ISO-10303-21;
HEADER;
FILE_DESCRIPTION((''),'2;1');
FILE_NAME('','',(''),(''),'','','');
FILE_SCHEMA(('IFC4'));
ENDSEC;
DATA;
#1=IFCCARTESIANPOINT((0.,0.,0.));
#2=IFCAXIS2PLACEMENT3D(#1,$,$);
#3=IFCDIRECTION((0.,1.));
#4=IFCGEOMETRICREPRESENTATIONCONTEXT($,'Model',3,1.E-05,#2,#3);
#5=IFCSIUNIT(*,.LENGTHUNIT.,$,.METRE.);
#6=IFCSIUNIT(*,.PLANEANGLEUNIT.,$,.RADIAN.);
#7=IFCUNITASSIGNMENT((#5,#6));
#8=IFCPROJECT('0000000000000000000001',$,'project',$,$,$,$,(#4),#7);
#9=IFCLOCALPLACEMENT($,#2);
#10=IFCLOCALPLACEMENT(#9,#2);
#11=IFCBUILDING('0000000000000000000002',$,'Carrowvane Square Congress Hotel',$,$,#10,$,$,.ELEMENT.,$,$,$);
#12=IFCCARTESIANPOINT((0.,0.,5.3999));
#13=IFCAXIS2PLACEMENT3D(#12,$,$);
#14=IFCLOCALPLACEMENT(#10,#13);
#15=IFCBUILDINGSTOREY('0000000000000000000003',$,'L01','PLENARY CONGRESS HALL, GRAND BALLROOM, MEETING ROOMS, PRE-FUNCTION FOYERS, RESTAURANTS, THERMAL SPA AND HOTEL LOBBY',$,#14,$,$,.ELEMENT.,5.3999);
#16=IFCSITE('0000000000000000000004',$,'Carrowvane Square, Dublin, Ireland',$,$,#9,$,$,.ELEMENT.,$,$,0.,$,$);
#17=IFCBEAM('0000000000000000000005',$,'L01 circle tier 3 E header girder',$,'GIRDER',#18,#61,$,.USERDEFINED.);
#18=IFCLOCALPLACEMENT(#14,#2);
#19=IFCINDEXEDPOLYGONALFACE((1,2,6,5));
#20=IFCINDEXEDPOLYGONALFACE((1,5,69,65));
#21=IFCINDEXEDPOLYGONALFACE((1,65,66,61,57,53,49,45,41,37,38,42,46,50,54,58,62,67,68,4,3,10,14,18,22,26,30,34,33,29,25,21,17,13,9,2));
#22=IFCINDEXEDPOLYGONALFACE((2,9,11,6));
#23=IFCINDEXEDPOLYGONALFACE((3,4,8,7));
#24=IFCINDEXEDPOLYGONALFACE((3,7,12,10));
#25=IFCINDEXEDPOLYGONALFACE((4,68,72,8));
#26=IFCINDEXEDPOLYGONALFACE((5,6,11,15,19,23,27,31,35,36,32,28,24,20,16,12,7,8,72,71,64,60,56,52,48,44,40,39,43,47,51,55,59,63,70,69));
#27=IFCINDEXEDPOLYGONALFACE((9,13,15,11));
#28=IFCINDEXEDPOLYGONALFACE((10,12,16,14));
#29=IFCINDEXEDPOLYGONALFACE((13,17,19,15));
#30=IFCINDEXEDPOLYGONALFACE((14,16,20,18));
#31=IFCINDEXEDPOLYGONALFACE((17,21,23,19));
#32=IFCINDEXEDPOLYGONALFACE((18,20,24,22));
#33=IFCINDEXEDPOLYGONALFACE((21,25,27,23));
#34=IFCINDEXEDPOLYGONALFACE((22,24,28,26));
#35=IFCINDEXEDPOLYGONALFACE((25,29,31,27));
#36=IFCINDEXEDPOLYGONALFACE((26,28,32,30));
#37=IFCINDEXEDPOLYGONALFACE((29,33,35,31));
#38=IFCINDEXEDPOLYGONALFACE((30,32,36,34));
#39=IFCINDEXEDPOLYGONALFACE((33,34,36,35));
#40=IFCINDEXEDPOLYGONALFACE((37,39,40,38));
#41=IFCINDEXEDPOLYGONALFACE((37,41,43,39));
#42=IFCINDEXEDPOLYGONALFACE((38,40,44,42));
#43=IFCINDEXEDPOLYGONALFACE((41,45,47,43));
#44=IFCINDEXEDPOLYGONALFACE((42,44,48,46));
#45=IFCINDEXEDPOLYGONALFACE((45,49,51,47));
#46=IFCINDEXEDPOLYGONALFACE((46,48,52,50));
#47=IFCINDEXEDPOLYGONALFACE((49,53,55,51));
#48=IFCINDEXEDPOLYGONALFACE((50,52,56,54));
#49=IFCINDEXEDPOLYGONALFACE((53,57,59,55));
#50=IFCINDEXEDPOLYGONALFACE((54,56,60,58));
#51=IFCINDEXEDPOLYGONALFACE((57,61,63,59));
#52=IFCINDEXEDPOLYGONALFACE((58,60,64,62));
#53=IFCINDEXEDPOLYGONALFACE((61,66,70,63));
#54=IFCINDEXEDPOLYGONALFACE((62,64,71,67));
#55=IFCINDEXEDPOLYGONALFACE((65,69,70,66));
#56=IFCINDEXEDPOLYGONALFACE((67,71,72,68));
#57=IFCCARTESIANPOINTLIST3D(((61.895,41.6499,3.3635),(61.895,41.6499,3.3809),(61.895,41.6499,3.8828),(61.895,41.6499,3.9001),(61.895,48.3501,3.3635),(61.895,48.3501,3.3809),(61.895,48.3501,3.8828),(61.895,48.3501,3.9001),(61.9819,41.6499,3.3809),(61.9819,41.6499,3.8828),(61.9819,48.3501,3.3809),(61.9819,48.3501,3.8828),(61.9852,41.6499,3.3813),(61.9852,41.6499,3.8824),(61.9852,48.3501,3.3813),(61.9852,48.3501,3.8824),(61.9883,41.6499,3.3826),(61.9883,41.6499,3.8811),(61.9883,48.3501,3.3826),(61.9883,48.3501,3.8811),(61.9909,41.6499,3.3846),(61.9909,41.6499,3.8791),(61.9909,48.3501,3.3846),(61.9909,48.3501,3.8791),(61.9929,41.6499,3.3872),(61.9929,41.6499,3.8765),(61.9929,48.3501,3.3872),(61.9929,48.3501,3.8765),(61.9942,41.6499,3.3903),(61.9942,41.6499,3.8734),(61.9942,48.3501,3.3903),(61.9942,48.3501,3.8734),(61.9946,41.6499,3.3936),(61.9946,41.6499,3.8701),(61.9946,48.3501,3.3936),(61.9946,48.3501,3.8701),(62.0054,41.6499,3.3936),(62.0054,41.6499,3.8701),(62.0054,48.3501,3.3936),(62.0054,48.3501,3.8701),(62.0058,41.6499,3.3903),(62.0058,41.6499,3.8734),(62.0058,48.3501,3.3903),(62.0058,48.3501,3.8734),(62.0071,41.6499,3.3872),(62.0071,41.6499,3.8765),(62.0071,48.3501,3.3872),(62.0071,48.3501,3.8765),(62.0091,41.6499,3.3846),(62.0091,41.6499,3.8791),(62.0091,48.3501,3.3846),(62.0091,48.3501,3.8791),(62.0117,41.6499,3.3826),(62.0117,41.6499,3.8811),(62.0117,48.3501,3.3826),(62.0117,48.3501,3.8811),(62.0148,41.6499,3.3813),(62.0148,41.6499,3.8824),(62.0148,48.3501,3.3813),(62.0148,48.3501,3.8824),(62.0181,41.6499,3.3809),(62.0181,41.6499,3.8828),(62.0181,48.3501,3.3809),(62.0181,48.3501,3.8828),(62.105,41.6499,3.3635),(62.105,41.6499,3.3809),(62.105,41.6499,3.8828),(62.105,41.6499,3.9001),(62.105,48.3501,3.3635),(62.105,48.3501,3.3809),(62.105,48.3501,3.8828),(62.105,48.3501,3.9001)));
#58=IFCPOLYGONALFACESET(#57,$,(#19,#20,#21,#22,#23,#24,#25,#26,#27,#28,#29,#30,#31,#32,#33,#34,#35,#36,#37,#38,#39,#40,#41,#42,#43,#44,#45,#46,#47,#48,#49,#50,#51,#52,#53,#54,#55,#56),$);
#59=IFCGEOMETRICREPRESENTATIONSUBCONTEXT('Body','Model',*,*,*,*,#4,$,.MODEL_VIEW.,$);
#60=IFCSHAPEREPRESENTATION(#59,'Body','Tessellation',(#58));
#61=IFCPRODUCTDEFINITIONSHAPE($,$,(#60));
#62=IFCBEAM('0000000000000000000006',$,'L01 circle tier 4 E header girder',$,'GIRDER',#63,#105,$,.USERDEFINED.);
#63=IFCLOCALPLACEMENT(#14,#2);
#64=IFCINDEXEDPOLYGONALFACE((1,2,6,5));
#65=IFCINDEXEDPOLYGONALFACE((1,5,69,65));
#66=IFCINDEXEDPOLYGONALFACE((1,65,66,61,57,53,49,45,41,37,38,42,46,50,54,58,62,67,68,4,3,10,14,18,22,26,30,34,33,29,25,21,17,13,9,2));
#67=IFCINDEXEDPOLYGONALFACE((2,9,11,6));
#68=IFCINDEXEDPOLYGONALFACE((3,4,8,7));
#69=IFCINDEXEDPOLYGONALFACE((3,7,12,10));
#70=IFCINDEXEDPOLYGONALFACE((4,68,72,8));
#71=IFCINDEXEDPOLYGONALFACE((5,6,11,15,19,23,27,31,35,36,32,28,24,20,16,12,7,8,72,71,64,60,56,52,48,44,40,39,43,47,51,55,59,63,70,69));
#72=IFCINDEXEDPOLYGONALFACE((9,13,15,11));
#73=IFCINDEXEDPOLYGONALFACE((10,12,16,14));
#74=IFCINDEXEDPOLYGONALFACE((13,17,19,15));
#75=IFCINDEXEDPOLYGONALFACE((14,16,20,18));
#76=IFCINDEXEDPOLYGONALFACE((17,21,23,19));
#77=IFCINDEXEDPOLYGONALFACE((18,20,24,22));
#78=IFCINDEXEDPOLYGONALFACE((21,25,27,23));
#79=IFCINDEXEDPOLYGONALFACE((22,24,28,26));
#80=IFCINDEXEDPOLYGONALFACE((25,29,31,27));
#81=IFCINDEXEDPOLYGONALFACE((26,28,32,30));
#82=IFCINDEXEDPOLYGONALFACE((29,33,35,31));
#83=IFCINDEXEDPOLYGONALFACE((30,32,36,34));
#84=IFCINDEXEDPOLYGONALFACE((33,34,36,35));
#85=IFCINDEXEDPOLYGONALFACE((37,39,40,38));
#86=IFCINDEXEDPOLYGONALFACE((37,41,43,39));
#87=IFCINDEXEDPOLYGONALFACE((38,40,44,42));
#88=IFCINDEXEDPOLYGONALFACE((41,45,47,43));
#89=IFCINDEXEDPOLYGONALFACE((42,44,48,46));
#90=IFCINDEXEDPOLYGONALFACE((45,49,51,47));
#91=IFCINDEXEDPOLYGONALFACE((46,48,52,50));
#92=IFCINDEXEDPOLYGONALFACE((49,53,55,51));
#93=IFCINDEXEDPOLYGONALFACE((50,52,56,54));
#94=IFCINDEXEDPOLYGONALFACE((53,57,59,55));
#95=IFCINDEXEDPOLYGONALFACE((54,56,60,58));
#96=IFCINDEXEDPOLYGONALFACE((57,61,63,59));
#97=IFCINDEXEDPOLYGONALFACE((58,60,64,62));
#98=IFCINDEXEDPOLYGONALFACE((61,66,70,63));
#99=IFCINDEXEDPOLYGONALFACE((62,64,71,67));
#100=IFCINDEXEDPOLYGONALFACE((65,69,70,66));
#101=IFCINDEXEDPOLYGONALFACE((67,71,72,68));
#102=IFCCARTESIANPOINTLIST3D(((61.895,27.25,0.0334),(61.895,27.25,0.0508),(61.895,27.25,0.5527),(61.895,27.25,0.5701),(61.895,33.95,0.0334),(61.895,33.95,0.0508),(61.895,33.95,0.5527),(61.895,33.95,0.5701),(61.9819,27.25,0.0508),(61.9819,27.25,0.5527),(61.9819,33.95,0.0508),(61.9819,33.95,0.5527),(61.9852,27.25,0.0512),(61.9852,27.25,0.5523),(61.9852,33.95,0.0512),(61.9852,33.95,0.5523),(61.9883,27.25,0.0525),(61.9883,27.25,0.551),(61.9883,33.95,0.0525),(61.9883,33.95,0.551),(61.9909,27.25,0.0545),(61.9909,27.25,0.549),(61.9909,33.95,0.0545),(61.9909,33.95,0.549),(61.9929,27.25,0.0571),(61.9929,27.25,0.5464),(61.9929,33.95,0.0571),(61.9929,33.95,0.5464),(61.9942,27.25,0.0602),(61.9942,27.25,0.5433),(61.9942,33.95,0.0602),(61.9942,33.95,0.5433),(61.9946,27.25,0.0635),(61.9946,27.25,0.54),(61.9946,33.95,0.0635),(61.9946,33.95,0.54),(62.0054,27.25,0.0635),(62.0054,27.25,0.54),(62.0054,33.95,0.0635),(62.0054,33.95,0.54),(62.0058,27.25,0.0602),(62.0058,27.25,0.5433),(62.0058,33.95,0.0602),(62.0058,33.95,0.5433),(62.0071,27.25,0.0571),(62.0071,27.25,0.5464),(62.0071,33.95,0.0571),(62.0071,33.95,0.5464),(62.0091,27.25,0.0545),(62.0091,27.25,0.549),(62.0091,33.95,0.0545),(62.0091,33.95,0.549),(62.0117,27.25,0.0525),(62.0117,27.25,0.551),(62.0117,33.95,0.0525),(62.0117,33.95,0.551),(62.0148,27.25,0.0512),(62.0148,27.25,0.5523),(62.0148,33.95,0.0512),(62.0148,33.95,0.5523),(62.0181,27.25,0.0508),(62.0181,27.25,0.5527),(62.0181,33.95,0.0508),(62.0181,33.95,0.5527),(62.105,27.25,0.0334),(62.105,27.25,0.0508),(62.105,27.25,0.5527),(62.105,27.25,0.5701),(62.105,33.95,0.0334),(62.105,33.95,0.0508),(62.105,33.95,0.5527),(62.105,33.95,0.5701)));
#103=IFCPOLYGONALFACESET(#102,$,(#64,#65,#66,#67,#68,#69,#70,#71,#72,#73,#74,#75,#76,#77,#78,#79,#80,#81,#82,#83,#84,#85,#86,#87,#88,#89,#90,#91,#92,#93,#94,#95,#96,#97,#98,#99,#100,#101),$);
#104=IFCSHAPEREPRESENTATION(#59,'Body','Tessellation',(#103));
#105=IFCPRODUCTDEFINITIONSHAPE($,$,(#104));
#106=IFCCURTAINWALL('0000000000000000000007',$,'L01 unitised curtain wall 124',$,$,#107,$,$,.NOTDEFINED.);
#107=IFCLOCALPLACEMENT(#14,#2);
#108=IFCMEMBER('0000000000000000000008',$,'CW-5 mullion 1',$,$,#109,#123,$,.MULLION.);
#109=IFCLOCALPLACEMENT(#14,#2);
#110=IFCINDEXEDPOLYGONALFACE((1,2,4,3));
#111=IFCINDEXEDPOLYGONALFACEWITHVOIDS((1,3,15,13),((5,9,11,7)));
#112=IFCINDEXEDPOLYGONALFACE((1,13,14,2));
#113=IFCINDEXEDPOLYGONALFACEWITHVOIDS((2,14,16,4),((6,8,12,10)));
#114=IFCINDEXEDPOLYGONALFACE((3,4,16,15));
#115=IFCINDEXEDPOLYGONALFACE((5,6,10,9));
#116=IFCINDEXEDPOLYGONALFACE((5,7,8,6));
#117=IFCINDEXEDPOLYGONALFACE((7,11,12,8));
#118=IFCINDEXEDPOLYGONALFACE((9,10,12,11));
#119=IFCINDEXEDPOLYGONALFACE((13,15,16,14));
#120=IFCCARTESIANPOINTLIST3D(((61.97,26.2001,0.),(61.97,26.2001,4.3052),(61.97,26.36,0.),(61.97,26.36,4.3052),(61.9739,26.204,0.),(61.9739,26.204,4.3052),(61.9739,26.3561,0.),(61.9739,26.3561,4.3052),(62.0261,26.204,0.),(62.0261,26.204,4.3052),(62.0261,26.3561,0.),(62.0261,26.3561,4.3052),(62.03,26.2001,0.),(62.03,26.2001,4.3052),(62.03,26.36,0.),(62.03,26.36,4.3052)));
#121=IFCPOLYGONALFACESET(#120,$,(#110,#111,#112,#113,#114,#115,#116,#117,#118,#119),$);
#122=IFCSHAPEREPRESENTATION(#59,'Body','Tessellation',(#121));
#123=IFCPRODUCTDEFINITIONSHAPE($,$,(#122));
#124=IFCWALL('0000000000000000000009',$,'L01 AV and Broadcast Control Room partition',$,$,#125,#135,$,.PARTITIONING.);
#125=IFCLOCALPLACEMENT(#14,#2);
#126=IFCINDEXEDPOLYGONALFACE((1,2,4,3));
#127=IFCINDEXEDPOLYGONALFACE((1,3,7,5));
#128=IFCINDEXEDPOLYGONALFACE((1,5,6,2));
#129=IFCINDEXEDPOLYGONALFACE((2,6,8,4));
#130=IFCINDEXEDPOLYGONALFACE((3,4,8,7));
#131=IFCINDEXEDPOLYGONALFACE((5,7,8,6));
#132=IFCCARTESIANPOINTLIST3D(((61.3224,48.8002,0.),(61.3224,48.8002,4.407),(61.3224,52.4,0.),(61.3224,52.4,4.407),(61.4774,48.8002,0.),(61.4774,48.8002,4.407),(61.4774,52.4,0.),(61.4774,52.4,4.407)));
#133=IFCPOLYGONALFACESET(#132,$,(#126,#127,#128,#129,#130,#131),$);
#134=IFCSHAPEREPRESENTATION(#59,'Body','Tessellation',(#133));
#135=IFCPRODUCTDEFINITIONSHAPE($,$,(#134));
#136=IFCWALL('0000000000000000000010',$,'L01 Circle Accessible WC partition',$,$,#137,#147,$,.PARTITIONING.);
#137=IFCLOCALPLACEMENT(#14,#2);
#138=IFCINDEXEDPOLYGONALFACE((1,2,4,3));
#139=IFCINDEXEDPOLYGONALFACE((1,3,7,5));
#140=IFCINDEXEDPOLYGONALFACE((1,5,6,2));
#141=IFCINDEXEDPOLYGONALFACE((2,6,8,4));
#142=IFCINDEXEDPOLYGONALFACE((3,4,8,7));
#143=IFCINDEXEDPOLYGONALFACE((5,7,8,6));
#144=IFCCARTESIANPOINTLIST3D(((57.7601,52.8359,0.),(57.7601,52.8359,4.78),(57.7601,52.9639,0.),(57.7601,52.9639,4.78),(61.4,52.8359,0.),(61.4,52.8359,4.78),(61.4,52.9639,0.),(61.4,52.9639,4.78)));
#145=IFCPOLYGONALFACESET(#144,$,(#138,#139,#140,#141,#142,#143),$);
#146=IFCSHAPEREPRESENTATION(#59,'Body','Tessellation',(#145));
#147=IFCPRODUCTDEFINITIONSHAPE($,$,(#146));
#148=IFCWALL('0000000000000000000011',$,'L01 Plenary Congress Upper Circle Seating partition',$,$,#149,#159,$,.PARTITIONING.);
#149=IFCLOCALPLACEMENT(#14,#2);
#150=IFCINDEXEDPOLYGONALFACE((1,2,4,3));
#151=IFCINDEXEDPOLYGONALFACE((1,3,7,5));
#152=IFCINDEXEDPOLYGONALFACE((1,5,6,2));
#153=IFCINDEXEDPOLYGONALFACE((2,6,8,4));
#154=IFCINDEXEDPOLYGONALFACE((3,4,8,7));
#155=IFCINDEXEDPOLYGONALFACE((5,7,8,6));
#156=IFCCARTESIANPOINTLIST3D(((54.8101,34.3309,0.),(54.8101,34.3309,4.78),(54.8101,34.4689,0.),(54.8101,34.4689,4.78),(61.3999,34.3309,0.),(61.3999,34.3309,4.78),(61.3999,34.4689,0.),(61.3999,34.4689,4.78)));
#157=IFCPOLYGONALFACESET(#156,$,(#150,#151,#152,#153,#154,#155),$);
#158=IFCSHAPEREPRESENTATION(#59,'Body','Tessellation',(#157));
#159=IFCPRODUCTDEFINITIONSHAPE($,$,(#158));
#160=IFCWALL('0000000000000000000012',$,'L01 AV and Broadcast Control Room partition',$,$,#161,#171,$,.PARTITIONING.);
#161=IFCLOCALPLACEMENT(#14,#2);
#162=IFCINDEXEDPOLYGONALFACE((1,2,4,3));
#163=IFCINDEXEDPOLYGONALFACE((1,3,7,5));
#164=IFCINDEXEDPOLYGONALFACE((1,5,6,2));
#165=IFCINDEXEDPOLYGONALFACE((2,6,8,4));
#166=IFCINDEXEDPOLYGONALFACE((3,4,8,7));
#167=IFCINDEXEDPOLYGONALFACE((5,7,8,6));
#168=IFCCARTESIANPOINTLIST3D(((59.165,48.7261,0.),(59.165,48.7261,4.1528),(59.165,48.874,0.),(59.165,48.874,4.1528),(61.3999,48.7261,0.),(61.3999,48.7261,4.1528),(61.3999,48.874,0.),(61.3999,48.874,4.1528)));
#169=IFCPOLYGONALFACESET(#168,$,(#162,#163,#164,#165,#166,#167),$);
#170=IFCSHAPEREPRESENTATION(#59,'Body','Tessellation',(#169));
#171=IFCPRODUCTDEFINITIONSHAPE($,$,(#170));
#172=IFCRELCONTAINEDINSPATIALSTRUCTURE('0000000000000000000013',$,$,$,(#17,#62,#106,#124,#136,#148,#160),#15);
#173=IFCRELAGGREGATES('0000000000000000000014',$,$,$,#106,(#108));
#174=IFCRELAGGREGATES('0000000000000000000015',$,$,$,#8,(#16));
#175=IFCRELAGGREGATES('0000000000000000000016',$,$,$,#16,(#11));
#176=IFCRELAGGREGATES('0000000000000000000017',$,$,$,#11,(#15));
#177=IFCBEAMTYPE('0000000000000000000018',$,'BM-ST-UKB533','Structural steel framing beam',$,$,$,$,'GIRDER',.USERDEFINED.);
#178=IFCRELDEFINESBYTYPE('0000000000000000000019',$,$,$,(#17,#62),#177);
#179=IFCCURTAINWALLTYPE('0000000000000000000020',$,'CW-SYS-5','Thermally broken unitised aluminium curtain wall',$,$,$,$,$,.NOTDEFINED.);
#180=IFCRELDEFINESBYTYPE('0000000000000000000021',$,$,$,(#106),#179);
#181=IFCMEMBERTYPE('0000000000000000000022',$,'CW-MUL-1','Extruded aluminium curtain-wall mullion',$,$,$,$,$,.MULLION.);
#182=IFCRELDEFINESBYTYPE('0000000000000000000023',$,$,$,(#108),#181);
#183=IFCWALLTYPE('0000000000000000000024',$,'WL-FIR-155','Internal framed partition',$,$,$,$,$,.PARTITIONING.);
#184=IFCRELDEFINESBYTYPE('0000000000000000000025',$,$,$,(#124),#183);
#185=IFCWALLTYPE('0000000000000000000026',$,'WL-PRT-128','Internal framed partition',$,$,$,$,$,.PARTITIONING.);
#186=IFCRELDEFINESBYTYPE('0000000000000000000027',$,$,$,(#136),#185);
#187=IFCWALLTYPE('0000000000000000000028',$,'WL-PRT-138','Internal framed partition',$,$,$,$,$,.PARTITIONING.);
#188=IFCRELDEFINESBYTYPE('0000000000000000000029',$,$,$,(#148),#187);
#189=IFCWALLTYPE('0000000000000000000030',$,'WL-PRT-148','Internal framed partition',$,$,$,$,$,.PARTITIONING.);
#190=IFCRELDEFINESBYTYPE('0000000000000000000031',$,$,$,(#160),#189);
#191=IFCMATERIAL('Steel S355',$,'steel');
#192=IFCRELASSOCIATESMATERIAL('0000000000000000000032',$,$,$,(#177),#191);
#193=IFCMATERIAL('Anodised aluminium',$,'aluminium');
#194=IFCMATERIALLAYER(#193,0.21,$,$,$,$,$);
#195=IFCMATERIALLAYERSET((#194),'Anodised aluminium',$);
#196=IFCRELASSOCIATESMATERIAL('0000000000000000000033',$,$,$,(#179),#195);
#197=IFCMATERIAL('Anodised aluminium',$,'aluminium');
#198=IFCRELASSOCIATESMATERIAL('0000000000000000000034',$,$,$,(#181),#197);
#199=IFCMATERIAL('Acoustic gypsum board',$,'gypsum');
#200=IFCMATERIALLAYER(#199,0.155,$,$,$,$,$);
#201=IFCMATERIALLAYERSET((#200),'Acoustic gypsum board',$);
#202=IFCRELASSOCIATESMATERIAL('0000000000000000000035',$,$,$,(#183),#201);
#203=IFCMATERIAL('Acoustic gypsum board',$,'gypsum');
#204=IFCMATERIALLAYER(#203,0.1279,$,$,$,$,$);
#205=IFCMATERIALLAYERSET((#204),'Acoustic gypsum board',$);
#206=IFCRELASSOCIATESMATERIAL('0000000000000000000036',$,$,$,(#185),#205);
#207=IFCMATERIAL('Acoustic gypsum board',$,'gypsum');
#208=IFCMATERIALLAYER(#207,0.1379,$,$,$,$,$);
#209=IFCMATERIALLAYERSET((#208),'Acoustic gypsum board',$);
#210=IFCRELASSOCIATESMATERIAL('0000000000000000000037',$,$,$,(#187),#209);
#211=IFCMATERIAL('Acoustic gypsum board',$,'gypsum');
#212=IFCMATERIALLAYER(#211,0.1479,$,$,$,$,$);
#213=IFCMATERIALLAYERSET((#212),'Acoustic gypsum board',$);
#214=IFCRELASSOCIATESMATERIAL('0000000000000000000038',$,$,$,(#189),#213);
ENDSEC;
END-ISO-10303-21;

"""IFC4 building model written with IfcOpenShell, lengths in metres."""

from ifc_helpers import new_model, si_unit, direction, frame, frame_2d, origin, origin_2d, place, context, subcontext, project, spatial, rectangle, hollow_rectangle, i_section, extrude, material, layer, layer_set, material_profile, profile_set, type_object, element, aggregate, save


model = new_model("IFC4")

# Units and contexts
model_context = context("Model", 3, precision=1e-05, world=origin(), true_north=direction((0.0, 1.0)))
body_context = subcontext(model_context, "Body", "Model", "MODEL_VIEW")
ifc_project = project(units=[si_unit("LENGTHUNIT", "METRE"), si_unit("PLANEANGLEUNIT", "RADIAN")], contexts=[model_context])

# Site, building, storey
site_placement = place(None, origin())
site = spatial("IfcSite", under=ifc_project, at=site_placement, Name="Carrowvane Square, Dublin, Ireland", CompositionType="ELEMENT", RefElevation=0.0)
building_placement = place(site_placement, origin())
building = spatial("IfcBuilding", under=site, at=building_placement, Name="Carrowvane Square Congress Hotel", CompositionType="ELEMENT")
storey_placement = place(building_placement, frame((0.0, 0.0, 5.3999)))
storey = spatial("IfcBuildingStorey", under=building, at=storey_placement, Name="L01", Description="PLENARY CONGRESS HALL, GRAND BALLROOM, MEETING ROOMS, PRE-FUNCTION FOYERS, RESTAURANTS, THERMAL SPA AND HOTEL LOBBY", CompositionType="ELEMENT", Elevation=5.3999)

# Beams
ifc_material_1 = material(Name="Steel S355", Category="steel")
ifc_material_profile_1 = material_profile(ifc_material_1, i_section(OverallWidth=0.21, OverallDepth=0.5366, WebThickness=0.0107, FlangeThickness=0.0173, FilletRadius=0.0127, at=origin_2d()), Name="UKB 533x210x101")
ifc_profile_set_1 = profile_set([ifc_material_profile_1], Name="Steel S355")
beam_type_1 = type_object("IfcBeamType", Name="BM-ST-UKB533", Description="Structural steel framing beam", ElementType="GIRDER", PredefinedType="USERDEFINED", material=ifc_profile_set_1)
beam_1_placement = place(storey_placement, frame((62.0, 41.6499, 3.6318), z_axis=(0.0, 1.0, 0.0), x_axis=(-1.0, 0.0, 0.0)))
element("IfcBeam", 1, at=beam_1_placement, inside=storey, type_object=beam_type_1, Name="L01 circle tier 3 E header girder", ObjectType="GIRDER", PredefinedType="USERDEFINED", context=body_context, shape_type="SweptSolid", body=[
    extrude(i_section(OverallWidth=0.21, OverallDepth=0.5366, WebThickness=0.0107, FlangeThickness=0.0173, FilletRadius=0.0127, at=origin_2d()), origin(), (0.0, 0.0, 1.0), 6.7002),
])
beam_2_placement = place(storey_placement, frame((62.0, 27.25, 0.3018), z_axis=(0.0, 1.0, 0.0), x_axis=(-1.0, 0.0, 0.0)))
element("IfcBeam", 2, at=beam_2_placement, inside=storey, type_object=beam_type_1, Name="L01 circle tier 4 E header girder", ObjectType="GIRDER", PredefinedType="USERDEFINED", context=body_context, shape_type="SweptSolid", body=[
    extrude(i_section(OverallWidth=0.21, OverallDepth=0.5366, WebThickness=0.0107, FlangeThickness=0.0173, FilletRadius=0.0127, at=origin_2d()), origin(), (0.0, 0.0, 1.0), 6.7),
])

# Curtain wall, member
ifc_material_2 = material(Name="Anodised aluminium", Category="aluminium")
ifc_layer_1 = layer(ifc_material_2, 0.21)
ifc_layer_set_1 = layer_set([ifc_layer_1], Name="Anodised aluminium")
curtain_wall_type = type_object("IfcCurtainWallType", Name="CW-SYS-5", Description="Thermally broken unitised aluminium curtain wall", PredefinedType="NOTDEFINED", material=ifc_layer_set_1)
curtain_wall_placement = place(storey_placement, origin())
curtain_wall = element("IfcCurtainWall", 3, at=curtain_wall_placement, inside=storey, type_object=curtain_wall_type, Name="L01 unitised curtain wall 124", PredefinedType="NOTDEFINED")
ifc_material_3 = material(Name="Anodised aluminium", Category="aluminium")
ifc_material_profile_2 = material_profile(ifc_material_3, hollow_rectangle(XDim=0.0601, YDim=0.1599, WallThickness=0.0039, at=origin_2d()), Name="CW-ML 60x160x4")
ifc_profile_set_2 = profile_set([ifc_material_profile_2], Name="Anodised aluminium")
member_type = type_object("IfcMemberType", Name="CW-MUL-1", Description="Extruded aluminium curtain-wall mullion", PredefinedType="MULLION", material=ifc_profile_set_2)
member_placement = place(storey_placement, frame((62.0, 26.28, 0.0), z_axis=(0.0, 0.0, 1.0), x_axis=(1.0, 0.0, 0.0)))
member = element("IfcMember", 4, at=member_placement, type_object=member_type, Name="CW-5 mullion 1", PredefinedType="MULLION", context=body_context, shape_type="SweptSolid", body=[
    extrude(hollow_rectangle(XDim=0.0601, YDim=0.1599, WallThickness=0.0039, at=origin_2d()), origin(), (0.0, 0.0, 1.0), 4.3052),
])
aggregate(curtain_wall, [member])

# Walls
ifc_material_4 = material(Name="Acoustic gypsum board", Category="gypsum")
ifc_layer_2 = layer(ifc_material_4, 0.155)
ifc_layer_set_2 = layer_set([ifc_layer_2], Name="Acoustic gypsum board")
wall_type_1 = type_object("IfcWallType", Name="WL-FIR-155", Description="Internal framed partition", PredefinedType="PARTITIONING", material=ifc_layer_set_2)
wall_1_placement = place(storey_placement, frame((61.3999, 52.3999, 0.0), z_axis=(0.0, 0.0, 1.0), x_axis=(0.0, -1.0, 0.0)))
element("IfcWall", 5, at=wall_1_placement, inside=storey, type_object=wall_type_1, Name="L01 AV and Broadcast Control Room partition", PredefinedType="PARTITIONING", context=body_context, shape_type="SweptSolid", body=[
    extrude(rectangle(XDim=3.5999, YDim=0.155, at=frame_2d((1.7998, 0.0))), origin(), (0.0, 0.0, 1.0), 4.407),
])
ifc_material_5 = material(Name="Acoustic gypsum board", Category="gypsum")
ifc_layer_3 = layer(ifc_material_5, 0.1279)
ifc_layer_set_3 = layer_set([ifc_layer_3], Name="Acoustic gypsum board")
wall_type_2 = type_object("IfcWallType", Name="WL-PRT-128", Description="Internal framed partition", PredefinedType="PARTITIONING", material=ifc_layer_set_3)
wall_2_placement = place(storey_placement, frame((61.3999, 52.8999, 0.0), z_axis=(0.0, 0.0, 1.0), x_axis=(-1.0, 0.0, 0.0)))
element("IfcWall", 6, at=wall_2_placement, inside=storey, type_object=wall_type_2, Name="L01 Circle Accessible WC partition", PredefinedType="PARTITIONING", context=body_context, shape_type="SweptSolid", body=[
    extrude(rectangle(XDim=3.6399, YDim=0.1279, at=frame_2d((1.8198, 0.0))), origin(), (0.0, 0.0, 1.0), 4.78),
])
ifc_material_6 = material(Name="Acoustic gypsum board", Category="gypsum")
ifc_layer_4 = layer(ifc_material_6, 0.1379)
ifc_layer_set_4 = layer_set([ifc_layer_4], Name="Acoustic gypsum board")
wall_type_3 = type_object("IfcWallType", Name="WL-PRT-138", Description="Internal framed partition", PredefinedType="PARTITIONING", material=ifc_layer_set_4)
wall_3_placement = place(storey_placement, frame((61.3999, 34.3999, 0.0), z_axis=(0.0, 0.0, 1.0), x_axis=(-1.0, 0.0, 0.0)))
element("IfcWall", 7, at=wall_3_placement, inside=storey, type_object=wall_type_3, Name="L01 Plenary Congress Upper Circle Seating partition", PredefinedType="PARTITIONING", context=body_context, shape_type="SweptSolid", body=[
    extrude(rectangle(XDim=6.5898, YDim=0.1379, at=frame_2d((3.2949, 0.0))), origin(), (0.0, 0.0, 1.0), 4.78),
])
ifc_material_7 = material(Name="Acoustic gypsum board", Category="gypsum")
ifc_layer_5 = layer(ifc_material_7, 0.1479)
ifc_layer_set_5 = layer_set([ifc_layer_5], Name="Acoustic gypsum board")
wall_type_4 = type_object("IfcWallType", Name="WL-PRT-148", Description="Internal framed partition", PredefinedType="PARTITIONING", material=ifc_layer_set_5)
wall_4_placement = place(storey_placement, frame((61.3999, 48.8, 0.0), z_axis=(0.0, 0.0, 1.0), x_axis=(-1.0, 0.0, 0.0)))
element("IfcWall", 8, at=wall_4_placement, inside=storey, type_object=wall_type_4, Name="L01 AV and Broadcast Control Room partition", PredefinedType="PARTITIONING", context=body_context, shape_type="SweptSolid", body=[
    extrude(rectangle(XDim=2.2349, YDim=0.1479, at=frame_2d((1.1174, 0.0))), origin(), (0.0, 0.0, 1.0), 4.1528),
])

save(model, "model.ifc")
